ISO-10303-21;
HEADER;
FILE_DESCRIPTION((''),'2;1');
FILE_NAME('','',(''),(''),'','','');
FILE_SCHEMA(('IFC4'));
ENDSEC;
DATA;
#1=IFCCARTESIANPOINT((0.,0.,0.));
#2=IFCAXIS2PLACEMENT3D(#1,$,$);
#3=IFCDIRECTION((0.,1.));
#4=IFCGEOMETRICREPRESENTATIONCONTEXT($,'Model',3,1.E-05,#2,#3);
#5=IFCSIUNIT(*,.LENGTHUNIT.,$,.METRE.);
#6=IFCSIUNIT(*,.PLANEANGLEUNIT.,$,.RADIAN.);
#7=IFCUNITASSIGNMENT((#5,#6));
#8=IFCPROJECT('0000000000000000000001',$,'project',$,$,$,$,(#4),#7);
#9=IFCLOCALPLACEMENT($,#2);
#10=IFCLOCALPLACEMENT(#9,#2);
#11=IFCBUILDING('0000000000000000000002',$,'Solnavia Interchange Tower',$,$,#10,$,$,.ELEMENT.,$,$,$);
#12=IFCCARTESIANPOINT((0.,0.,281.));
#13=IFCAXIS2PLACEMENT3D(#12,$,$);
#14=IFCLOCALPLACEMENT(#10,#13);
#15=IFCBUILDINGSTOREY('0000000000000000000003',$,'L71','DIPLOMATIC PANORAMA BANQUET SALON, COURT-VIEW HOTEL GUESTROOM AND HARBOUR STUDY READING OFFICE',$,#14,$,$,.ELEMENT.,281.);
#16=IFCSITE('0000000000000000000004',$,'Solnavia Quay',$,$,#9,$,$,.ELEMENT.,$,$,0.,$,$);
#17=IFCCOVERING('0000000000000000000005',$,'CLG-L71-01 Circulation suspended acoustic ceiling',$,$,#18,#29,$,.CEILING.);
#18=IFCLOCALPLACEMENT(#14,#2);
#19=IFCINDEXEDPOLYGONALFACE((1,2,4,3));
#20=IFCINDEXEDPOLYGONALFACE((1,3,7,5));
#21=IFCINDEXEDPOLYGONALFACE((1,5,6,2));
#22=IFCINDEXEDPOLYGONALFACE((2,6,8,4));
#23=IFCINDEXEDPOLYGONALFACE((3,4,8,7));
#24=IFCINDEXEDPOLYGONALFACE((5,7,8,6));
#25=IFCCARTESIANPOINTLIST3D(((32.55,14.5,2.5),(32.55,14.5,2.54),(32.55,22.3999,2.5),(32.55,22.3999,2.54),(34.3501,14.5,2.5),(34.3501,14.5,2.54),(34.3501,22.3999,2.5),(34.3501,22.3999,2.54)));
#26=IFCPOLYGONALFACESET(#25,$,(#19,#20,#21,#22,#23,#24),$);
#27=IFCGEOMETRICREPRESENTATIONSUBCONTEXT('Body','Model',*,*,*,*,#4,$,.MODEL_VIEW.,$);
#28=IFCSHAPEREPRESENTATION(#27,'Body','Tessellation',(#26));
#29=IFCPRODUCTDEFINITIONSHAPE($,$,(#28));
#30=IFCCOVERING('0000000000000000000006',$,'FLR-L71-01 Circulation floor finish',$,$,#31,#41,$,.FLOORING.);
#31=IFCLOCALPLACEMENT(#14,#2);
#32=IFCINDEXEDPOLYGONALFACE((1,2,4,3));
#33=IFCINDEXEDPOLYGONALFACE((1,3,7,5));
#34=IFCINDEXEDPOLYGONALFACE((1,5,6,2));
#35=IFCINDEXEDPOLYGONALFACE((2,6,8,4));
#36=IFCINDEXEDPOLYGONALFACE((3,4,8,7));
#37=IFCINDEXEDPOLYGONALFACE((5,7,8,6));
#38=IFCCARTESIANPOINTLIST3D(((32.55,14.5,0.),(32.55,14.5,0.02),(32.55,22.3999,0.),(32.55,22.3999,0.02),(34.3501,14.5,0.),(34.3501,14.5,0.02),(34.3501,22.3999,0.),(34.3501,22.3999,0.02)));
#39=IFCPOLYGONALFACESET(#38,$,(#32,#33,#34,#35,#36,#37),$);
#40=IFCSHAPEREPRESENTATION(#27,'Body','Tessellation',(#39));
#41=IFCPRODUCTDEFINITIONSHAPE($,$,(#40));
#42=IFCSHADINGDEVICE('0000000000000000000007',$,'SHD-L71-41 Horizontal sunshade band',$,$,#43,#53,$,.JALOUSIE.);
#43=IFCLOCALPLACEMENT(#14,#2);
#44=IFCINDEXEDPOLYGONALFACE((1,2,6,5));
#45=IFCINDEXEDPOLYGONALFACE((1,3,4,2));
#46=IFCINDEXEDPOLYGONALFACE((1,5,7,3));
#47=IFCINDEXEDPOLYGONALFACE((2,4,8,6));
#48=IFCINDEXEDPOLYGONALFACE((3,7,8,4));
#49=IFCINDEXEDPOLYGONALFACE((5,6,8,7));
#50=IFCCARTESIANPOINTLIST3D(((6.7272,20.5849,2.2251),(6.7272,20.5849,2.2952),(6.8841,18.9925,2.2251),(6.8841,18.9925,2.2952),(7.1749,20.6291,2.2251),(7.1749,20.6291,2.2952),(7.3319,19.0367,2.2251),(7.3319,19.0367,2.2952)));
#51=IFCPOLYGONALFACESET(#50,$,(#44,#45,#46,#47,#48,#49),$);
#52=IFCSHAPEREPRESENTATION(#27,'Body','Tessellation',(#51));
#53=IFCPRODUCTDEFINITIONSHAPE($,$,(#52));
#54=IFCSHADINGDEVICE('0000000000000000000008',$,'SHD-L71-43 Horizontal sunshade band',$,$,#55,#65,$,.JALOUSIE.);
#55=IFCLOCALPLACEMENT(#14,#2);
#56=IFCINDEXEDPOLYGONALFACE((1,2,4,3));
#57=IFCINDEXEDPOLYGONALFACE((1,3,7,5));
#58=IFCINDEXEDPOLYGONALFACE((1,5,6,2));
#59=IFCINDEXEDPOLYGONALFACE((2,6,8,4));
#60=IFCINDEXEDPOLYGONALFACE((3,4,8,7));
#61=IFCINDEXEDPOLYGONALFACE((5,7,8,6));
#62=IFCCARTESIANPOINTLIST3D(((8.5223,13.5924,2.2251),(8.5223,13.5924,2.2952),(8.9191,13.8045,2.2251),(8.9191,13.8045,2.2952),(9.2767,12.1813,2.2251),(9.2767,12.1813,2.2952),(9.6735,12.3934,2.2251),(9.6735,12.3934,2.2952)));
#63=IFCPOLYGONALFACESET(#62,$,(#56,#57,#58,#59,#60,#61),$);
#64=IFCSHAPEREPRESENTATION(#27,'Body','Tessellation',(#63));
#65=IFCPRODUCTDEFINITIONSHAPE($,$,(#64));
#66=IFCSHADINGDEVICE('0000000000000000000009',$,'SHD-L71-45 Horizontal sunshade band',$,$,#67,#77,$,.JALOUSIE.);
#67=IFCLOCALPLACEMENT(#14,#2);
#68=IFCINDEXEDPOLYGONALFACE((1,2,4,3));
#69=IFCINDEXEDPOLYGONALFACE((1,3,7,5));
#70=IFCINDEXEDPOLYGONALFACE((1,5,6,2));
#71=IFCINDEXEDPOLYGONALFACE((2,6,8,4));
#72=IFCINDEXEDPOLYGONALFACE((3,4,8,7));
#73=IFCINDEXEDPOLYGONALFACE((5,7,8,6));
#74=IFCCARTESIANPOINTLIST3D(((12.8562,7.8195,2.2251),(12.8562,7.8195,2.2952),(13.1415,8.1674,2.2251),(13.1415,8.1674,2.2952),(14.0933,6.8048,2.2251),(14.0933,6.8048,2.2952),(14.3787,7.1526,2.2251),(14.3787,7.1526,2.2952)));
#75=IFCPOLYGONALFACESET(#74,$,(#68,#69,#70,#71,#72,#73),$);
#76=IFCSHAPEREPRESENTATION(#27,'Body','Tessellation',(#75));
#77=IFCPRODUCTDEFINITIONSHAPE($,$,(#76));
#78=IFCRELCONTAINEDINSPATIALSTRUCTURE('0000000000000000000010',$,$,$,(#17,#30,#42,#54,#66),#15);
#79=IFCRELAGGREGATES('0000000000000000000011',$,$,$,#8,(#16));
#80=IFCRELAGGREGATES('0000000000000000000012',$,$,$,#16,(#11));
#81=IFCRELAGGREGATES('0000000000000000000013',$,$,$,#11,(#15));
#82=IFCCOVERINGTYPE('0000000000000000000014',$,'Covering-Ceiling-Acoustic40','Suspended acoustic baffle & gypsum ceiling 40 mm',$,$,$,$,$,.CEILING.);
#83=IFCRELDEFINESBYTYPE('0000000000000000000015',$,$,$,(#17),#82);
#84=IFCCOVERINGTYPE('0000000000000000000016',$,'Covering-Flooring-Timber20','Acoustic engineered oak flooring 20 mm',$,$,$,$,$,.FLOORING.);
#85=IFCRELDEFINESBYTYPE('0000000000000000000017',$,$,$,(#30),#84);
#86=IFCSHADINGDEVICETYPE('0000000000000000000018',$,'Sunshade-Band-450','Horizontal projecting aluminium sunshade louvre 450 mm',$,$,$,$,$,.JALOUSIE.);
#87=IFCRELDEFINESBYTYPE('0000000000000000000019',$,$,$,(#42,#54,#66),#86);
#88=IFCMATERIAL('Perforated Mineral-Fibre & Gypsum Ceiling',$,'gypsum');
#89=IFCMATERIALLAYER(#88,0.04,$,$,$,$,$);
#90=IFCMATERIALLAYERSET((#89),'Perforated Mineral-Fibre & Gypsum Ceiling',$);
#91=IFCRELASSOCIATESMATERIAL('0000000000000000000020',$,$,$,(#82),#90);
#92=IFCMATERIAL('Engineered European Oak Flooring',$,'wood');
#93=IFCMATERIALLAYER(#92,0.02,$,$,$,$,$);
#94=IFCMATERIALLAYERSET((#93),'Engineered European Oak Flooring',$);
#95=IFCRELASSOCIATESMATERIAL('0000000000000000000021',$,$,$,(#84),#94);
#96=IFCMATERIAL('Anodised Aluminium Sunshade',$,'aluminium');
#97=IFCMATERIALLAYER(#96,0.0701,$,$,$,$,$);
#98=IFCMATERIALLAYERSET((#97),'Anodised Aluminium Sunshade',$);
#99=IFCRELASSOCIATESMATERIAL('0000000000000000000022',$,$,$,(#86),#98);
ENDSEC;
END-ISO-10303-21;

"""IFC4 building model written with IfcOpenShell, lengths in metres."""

from ifc_helpers import new_model, si_unit, direction, frame, origin, origin_2d, place, context, subcontext, project, spatial, polyline, rectangle, outline, extrude, material, layer, layer_set, type_object, element, save


model = new_model("IFC4")

# Units and contexts
model_context = context("Model", 3, precision=1e-05, world=origin(), true_north=direction((0.0, 1.0)))
body_context = subcontext(model_context, "Body", "Model", "MODEL_VIEW")
ifc_project = project(units=[si_unit("LENGTHUNIT", "METRE"), si_unit("PLANEANGLEUNIT", "RADIAN")], contexts=[model_context])

# Site, building, storey
site_placement = place(None, origin())
site = spatial("IfcSite", under=ifc_project, at=site_placement, Name="Solnavia Quay", CompositionType="ELEMENT", RefElevation=0.0)
building_placement = place(site_placement, origin())
building = spatial("IfcBuilding", under=site, at=building_placement, Name="Solnavia Interchange Tower", CompositionType="ELEMENT")
storey_placement = place(building_placement, frame((0.0, 0.0, 281.0)))
storey = spatial("IfcBuildingStorey", under=building, at=storey_placement, Name="L71", Description="DIPLOMATIC PANORAMA BANQUET SALON, COURT-VIEW HOTEL GUESTROOM AND HARBOUR STUDY READING OFFICE", CompositionType="ELEMENT", Elevation=281.0)

# Coverings
ifc_material_1 = material(Name="Perforated Mineral-Fibre & Gypsum Ceiling", Category="gypsum")
ifc_layer_1 = layer(ifc_material_1, 0.04)
ifc_layer_set_1 = layer_set([ifc_layer_1], Name="Perforated Mineral-Fibre & Gypsum Ceiling")
covering_type_1 = type_object("IfcCoveringType", Name="Covering-Ceiling-Acoustic40", Description="Suspended acoustic baffle & gypsum ceiling 40 mm", PredefinedType="CEILING", material=ifc_layer_set_1)
covering_1_placement = place(storey_placement, frame((0.0, 0.0, 2.5)))
element("IfcCovering", 1, at=covering_1_placement, inside=storey, type_object=covering_type_1, Name="CLG-L71-01 Circulation suspended acoustic ceiling", PredefinedType="CEILING", context=body_context, shape_type="SweptSolid", body=[
    extrude(outline(polyline([(32.55, 14.5), (34.3501, 14.5), (34.3501, 22.3999), (32.55, 22.3999), (32.55, 14.5)])), origin(), (0.0, 0.0, 1.0), 0.04),
])
ifc_material_2 = material(Name="Engineered European Oak Flooring", Category="wood")
ifc_layer_2 = layer(ifc_material_2, 0.02)
ifc_layer_set_2 = layer_set([ifc_layer_2], Name="Engineered European Oak Flooring")
covering_type_2 = type_object("IfcCoveringType", Name="Covering-Flooring-Timber20", Description="Acoustic engineered oak flooring 20 mm", PredefinedType="FLOORING", material=ifc_layer_set_2)
covering_2_placement = place(storey_placement, origin())
element("IfcCovering", 2, at=covering_2_placement, inside=storey, type_object=covering_type_2, Name="FLR-L71-01 Circulation floor finish", PredefinedType="FLOORING", context=body_context, shape_type="SweptSolid", body=[
    extrude(outline(polyline([(32.55, 14.5), (34.3501, 14.5), (34.3501, 22.3999), (32.55, 22.3999), (32.55, 14.5)])), origin(), (0.0, 0.0, 1.0), 0.02),
])

# Shading devices
ifc_material_3 = material(Name="Anodised Aluminium Sunshade", Category="aluminium")
ifc_layer_3 = layer(ifc_material_3, 0.0701)
ifc_layer_set_3 = layer_set([ifc_layer_3], Name="Anodised Aluminium Sunshade")
shading_device_type = type_object("IfcShadingDeviceType", Name="Sunshade-Band-450", Description="Horizontal projecting aluminium sunshade louvre 450 mm", PredefinedType="JALOUSIE", material=ifc_layer_set_3)
for number, where, z_axis, x_axis, name in (
    (3, (7.0295, 19.8108, 2.2251), (0.0, 0.0, 1.0), (-0.098104, 0.995176, 0.0), "SHD-L71-41 Horizontal sunshade band"),
    (4, (9.0979, 12.9929, 2.2251), (0.0, 0.0, 1.0), (-0.471474, 0.88188, 0.0), "SHD-L71-43 Horizontal sunshade band"),
    (5, (13.6174, 7.4861, 2.2251), (0.0, 0.0, 1.0), (-0.773177, 0.634191, 0.0), "SHD-L71-45 Horizontal sunshade band"),
):
    element("IfcShadingDevice", number, at=place(storey_placement, frame(where, z_axis=z_axis, x_axis=x_axis)), inside=storey, type_object=shading_device_type, Name=name, PredefinedType="JALOUSIE", context=body_context, shape_type="SweptSolid", body=[
        extrude(rectangle(XDim=1.6001, YDim=0.45, at=origin_2d()), origin(), (0.0, 0.0, 1.0), 0.0701),
    ])

save(model, "model.ifc")
